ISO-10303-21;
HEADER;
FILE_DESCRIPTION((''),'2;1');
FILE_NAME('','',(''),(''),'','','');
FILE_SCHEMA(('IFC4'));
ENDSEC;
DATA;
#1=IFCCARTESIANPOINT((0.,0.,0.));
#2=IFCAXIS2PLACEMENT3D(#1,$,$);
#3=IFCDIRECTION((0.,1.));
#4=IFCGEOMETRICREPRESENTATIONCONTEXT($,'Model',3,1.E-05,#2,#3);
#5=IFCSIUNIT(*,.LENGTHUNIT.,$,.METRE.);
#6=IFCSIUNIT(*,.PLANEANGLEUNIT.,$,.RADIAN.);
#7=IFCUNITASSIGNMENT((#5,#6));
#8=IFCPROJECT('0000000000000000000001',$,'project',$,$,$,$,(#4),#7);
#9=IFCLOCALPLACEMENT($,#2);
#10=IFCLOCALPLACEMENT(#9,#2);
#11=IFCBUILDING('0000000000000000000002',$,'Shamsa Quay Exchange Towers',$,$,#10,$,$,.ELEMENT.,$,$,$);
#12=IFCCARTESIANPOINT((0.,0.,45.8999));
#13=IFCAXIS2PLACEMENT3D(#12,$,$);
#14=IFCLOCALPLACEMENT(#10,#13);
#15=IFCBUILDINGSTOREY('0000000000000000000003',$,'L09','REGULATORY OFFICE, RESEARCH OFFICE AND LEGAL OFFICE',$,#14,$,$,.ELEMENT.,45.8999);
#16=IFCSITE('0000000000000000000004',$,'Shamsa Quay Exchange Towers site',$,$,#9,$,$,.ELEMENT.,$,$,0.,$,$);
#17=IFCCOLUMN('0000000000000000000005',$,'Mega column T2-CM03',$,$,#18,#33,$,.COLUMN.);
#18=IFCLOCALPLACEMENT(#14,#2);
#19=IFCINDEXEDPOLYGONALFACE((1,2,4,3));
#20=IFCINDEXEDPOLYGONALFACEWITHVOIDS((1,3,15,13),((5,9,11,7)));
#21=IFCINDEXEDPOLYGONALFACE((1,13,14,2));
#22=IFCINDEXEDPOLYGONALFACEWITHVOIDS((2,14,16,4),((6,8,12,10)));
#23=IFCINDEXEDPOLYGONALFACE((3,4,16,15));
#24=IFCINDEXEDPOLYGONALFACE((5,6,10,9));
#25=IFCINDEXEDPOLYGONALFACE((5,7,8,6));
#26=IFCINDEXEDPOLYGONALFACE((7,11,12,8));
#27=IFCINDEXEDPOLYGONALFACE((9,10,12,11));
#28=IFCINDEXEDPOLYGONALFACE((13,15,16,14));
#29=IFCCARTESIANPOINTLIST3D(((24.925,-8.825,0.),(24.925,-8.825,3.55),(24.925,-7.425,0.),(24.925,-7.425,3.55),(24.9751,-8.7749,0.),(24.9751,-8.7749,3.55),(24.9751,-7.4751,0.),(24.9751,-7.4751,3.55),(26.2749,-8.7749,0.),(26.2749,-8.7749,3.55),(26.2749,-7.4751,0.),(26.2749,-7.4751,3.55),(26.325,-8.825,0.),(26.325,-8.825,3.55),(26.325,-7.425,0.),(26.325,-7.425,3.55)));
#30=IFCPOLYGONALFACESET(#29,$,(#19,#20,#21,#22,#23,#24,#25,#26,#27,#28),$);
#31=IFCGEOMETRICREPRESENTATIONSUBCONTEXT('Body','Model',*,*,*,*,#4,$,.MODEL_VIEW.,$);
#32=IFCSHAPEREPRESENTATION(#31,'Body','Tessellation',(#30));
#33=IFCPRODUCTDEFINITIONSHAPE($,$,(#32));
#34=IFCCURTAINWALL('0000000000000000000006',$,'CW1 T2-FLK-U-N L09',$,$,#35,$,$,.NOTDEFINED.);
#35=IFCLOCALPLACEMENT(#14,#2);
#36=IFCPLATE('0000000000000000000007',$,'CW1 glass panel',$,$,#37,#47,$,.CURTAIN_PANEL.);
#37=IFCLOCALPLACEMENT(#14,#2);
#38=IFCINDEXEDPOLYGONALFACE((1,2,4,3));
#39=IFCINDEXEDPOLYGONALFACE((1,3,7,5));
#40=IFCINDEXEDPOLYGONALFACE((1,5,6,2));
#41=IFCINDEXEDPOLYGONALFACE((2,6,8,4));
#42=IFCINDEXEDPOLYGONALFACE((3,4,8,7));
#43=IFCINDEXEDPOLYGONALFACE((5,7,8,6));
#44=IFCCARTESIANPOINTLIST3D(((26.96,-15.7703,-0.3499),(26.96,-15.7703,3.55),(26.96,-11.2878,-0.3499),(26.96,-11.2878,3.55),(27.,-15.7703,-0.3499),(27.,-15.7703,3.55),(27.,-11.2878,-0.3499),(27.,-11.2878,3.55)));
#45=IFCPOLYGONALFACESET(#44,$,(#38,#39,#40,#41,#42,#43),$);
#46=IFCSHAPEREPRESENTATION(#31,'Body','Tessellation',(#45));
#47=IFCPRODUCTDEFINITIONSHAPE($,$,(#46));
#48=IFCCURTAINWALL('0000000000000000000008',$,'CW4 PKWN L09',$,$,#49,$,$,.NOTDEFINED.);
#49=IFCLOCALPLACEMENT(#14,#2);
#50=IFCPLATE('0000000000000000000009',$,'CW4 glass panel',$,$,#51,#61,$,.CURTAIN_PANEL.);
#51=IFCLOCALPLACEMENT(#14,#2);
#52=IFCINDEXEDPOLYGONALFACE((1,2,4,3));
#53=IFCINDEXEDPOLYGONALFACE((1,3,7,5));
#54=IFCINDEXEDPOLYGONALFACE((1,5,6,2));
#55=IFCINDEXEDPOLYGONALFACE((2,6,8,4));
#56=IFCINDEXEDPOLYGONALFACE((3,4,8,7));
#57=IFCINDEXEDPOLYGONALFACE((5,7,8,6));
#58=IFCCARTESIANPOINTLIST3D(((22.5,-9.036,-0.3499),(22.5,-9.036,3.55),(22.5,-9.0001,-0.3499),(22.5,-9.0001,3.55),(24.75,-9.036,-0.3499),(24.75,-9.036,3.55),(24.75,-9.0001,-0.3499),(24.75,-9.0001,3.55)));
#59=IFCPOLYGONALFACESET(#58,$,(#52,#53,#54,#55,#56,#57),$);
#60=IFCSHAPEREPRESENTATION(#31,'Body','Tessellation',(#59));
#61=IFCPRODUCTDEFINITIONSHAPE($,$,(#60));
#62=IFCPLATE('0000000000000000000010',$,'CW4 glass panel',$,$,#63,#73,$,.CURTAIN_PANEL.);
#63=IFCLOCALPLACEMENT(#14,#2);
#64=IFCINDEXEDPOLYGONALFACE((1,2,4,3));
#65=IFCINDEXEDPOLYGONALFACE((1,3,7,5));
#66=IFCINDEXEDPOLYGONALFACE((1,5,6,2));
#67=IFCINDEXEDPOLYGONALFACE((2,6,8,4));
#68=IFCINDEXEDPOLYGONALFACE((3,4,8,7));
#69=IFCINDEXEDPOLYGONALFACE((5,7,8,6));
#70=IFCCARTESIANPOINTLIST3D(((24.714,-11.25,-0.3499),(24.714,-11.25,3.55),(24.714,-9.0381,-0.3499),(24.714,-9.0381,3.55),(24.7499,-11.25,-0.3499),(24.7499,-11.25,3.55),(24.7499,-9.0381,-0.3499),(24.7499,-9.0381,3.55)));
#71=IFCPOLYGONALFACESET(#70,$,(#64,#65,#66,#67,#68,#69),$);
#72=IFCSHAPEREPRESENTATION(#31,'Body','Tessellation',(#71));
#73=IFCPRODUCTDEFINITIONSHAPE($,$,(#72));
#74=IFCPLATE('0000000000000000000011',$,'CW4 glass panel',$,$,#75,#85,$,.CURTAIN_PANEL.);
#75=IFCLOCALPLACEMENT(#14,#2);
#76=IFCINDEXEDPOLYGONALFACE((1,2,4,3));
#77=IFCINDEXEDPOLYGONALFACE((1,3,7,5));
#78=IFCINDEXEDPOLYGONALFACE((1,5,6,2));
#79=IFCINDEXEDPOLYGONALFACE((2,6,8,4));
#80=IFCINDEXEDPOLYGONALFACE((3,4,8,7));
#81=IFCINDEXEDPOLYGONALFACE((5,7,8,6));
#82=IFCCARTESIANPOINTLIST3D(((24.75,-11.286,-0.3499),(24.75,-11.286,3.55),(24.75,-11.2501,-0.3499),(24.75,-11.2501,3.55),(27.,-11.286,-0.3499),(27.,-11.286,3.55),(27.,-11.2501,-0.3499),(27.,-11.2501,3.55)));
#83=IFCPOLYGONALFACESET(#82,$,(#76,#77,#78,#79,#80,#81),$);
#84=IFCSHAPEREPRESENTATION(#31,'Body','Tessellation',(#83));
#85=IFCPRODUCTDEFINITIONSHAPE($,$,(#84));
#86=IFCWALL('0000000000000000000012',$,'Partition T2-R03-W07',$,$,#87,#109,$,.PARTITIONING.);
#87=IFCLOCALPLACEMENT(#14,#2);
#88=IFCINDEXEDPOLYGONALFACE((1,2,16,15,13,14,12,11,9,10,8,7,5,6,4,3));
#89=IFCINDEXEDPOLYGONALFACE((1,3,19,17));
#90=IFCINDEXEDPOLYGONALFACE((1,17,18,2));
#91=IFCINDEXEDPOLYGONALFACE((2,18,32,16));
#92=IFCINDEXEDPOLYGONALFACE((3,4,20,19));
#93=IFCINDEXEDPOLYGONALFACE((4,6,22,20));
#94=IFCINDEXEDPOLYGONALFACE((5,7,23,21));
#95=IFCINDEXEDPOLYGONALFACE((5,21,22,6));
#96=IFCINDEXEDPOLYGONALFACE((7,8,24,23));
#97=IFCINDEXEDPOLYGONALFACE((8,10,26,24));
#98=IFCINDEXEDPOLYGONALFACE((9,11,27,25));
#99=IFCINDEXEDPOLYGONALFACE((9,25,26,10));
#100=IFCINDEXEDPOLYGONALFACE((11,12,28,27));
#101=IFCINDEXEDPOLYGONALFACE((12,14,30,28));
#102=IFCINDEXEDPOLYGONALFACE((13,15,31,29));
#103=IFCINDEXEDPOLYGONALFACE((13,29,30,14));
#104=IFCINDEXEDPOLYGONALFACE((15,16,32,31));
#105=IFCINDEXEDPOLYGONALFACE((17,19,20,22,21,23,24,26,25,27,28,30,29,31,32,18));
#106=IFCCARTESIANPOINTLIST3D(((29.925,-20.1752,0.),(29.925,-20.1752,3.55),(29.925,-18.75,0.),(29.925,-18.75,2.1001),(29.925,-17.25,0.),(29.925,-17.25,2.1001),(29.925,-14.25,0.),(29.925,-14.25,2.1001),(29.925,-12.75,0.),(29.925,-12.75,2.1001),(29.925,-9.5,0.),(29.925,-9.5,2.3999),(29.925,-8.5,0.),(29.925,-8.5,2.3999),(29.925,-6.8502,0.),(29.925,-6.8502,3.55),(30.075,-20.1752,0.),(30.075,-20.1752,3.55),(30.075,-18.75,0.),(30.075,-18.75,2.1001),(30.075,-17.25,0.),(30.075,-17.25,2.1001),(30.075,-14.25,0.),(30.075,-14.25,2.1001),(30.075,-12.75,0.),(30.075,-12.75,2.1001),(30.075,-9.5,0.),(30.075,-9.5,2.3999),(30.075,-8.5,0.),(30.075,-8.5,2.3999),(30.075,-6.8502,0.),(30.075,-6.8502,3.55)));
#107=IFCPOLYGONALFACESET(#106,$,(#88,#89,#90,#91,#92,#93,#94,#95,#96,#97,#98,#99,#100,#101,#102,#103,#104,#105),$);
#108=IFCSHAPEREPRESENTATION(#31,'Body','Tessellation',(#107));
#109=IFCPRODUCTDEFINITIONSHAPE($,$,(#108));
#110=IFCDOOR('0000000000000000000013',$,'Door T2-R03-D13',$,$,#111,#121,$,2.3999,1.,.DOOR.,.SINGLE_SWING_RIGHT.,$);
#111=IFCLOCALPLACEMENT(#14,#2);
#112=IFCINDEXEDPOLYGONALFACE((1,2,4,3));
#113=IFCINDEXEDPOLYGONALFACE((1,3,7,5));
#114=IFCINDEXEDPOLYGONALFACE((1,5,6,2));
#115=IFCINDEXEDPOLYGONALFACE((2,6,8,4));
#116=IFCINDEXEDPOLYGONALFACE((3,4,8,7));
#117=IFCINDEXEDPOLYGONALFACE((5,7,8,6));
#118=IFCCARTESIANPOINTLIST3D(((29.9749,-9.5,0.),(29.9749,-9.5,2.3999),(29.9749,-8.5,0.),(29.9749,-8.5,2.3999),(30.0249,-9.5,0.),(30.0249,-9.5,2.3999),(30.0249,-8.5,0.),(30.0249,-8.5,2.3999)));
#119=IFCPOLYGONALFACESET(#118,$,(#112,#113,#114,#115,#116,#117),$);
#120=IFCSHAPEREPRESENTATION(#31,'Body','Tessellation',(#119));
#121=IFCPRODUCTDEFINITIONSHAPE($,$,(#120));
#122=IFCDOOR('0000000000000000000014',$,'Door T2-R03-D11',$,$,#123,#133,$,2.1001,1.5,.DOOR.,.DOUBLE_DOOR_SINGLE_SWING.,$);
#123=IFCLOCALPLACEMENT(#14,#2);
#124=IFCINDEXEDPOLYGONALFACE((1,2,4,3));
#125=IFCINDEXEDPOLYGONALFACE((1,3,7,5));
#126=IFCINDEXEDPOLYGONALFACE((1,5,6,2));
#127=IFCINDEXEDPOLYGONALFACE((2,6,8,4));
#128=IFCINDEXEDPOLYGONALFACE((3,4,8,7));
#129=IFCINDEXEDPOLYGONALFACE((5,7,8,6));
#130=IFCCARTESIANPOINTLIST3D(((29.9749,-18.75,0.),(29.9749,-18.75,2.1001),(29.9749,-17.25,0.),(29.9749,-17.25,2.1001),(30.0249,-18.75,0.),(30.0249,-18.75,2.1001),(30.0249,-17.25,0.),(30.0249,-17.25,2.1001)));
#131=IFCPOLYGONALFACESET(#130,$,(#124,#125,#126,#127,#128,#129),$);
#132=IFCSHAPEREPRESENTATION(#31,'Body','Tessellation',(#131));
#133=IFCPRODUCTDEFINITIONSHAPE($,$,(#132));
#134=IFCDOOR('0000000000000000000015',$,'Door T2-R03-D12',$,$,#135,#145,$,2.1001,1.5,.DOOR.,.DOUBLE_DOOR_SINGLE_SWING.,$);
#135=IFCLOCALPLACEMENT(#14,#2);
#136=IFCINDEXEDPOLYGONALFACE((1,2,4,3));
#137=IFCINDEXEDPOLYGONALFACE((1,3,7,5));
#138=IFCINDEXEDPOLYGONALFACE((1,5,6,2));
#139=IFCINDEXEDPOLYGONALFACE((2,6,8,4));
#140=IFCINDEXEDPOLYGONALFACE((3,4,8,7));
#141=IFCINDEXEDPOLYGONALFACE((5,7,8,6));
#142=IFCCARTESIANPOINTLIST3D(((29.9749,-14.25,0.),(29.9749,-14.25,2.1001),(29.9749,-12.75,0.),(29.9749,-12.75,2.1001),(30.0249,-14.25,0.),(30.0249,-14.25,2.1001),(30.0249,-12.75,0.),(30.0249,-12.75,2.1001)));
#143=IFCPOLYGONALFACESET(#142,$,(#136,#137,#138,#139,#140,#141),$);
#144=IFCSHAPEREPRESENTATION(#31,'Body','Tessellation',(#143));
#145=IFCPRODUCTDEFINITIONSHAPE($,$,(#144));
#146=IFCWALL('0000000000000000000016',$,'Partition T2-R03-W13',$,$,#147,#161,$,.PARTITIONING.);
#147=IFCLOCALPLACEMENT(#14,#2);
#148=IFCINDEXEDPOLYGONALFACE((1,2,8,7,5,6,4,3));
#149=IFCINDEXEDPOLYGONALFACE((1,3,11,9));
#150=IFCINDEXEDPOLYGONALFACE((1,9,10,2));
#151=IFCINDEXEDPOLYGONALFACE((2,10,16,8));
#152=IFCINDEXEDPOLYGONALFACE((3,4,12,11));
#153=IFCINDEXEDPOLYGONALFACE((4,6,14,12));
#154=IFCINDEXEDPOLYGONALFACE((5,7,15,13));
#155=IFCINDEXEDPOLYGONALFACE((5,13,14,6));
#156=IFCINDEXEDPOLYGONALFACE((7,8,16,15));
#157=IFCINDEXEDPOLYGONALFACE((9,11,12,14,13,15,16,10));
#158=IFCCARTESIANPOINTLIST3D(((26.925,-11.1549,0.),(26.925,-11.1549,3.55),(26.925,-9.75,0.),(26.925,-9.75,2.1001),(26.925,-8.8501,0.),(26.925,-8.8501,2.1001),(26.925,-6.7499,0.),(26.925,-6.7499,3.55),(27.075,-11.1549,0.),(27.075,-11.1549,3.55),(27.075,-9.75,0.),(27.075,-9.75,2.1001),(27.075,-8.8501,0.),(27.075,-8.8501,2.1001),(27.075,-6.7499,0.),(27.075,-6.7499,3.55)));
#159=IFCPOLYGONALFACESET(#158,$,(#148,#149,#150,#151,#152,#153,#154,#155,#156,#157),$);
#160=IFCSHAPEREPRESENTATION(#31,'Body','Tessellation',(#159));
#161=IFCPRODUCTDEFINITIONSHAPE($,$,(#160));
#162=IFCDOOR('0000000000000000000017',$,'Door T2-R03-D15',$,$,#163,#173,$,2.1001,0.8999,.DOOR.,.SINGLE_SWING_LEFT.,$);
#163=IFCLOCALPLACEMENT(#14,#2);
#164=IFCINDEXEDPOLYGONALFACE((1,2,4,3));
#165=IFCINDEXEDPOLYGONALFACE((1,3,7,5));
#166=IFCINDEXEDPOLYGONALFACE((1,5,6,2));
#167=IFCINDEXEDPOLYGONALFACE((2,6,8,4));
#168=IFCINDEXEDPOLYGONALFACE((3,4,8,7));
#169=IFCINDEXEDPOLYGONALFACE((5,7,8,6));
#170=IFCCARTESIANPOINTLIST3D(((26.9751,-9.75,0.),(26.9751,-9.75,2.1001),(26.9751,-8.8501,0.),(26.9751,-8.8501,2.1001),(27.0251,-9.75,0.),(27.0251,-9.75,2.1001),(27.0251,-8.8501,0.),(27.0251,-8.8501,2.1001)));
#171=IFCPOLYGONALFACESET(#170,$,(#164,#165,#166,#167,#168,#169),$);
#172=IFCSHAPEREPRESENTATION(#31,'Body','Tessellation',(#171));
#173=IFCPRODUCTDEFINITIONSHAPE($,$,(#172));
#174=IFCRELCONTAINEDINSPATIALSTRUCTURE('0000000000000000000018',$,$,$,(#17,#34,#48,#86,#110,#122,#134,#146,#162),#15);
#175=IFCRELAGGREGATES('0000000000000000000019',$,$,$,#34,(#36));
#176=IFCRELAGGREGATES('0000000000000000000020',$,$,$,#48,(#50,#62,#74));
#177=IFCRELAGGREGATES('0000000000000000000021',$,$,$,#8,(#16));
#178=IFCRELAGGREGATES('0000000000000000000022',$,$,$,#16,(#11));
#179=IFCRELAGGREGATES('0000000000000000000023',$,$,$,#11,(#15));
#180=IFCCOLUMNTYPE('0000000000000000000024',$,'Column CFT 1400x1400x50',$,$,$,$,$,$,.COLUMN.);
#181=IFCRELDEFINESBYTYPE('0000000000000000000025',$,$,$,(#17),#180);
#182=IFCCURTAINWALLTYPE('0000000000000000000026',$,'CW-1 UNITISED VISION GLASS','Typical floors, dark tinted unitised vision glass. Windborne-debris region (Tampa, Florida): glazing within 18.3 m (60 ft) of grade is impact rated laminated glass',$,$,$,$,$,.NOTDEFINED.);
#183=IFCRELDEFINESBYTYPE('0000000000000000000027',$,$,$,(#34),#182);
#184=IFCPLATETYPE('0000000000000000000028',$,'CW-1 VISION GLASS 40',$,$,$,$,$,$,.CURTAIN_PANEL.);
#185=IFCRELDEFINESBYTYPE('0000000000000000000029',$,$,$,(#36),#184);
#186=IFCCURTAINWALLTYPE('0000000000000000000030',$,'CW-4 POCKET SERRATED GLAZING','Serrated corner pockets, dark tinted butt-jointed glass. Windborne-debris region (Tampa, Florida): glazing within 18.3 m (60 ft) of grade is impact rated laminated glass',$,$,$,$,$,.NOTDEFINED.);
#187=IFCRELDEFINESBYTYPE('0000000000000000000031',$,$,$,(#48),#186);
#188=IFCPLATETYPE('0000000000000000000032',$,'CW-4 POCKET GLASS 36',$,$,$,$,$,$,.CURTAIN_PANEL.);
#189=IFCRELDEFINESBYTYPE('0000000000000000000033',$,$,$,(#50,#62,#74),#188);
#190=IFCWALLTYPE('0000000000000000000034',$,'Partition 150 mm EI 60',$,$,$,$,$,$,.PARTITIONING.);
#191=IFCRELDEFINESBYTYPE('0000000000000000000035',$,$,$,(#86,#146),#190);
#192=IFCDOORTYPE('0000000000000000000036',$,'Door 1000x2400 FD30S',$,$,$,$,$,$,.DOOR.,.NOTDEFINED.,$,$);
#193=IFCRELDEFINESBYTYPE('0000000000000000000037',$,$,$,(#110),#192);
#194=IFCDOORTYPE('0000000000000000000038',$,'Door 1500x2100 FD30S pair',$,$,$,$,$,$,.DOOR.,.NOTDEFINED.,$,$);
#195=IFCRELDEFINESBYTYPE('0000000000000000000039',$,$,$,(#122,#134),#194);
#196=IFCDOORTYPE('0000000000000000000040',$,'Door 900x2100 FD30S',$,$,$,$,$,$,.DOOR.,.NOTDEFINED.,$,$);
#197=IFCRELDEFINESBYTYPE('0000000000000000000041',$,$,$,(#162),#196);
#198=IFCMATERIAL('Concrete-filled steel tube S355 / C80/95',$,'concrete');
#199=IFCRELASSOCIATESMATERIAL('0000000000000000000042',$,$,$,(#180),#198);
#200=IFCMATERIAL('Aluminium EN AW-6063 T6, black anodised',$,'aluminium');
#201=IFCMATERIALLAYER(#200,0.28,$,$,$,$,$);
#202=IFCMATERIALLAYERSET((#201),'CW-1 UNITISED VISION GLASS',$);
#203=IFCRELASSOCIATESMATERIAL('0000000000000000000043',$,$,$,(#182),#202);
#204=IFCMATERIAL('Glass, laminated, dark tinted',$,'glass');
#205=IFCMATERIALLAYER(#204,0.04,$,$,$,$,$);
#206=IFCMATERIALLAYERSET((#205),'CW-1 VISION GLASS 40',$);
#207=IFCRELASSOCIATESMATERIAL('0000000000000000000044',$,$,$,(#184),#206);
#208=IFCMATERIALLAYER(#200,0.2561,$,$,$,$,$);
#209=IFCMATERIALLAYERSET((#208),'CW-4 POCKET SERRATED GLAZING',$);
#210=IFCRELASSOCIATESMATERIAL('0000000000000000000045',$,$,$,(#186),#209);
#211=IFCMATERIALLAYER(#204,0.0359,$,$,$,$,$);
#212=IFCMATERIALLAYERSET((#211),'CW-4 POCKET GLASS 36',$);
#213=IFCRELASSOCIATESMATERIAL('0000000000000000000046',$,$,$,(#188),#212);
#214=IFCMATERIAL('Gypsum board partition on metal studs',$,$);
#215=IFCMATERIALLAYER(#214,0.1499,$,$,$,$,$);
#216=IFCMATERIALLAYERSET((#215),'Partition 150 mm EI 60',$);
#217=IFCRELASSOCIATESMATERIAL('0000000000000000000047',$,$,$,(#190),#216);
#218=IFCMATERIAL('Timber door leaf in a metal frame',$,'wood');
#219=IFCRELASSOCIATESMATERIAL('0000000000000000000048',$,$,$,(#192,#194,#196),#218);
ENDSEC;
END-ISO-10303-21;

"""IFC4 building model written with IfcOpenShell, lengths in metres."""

from ifc_helpers import new_model, si_unit, direction, frame, frame_2d, origin, origin_2d, place, context, subcontext, project, spatial, rectangle, hollow_rectangle, extrude, material, layer, layer_set, material_profile, profile_set, type_object, element, fill, aggregate, save


model = new_model("IFC4")

# Units and contexts
model_context = context("Model", 3, precision=1e-05, world=origin(), true_north=direction((0.0, 1.0)))
body_context = subcontext(model_context, "Body", "Model", "MODEL_VIEW")
ifc_project = project(units=[si_unit("LENGTHUNIT", "METRE"), si_unit("PLANEANGLEUNIT", "RADIAN")], contexts=[model_context])

# Site, building, storey
site_placement = place(None, origin())
site = spatial("IfcSite", under=ifc_project, at=site_placement, Name="Shamsa Quay Exchange Towers site", CompositionType="ELEMENT", RefElevation=0.0)
building_placement = place(site_placement, origin())
building = spatial("IfcBuilding", under=site, at=building_placement, Name="Shamsa Quay Exchange Towers", CompositionType="ELEMENT")
storey_placement = place(building_placement, frame((0.0, 0.0, 45.8999)))
storey = spatial("IfcBuildingStorey", under=building, at=storey_placement, Name="L09", Description="REGULATORY OFFICE, RESEARCH OFFICE AND LEGAL OFFICE", CompositionType="ELEMENT", Elevation=45.8999)

# Column
ifc_material_1 = material(Name="Concrete-filled steel tube S355 / C80/95", Category="concrete")
ifc_material_profile = material_profile(ifc_material_1, hollow_rectangle(XDim=1.3999, YDim=1.3999, WallThickness=0.05, at=origin_2d()), Name="CFT 1400x1400x50")
ifc_profile_set = profile_set([ifc_material_profile], Name="Concrete-filled steel tube S355 / C80/95")
column_type = type_object("IfcColumnType", Name="Column CFT 1400x1400x50", PredefinedType="COLUMN", material=ifc_profile_set)
column_placement = place(storey_placement, frame((25.625, -8.125, 0.0)))
element("IfcColumn", 1, at=column_placement, inside=storey, type_object=column_type, Name="Mega column T2-CM03", PredefinedType="COLUMN", context=body_context, shape_type="SweptSolid", body=[
    extrude(hollow_rectangle(XDim=1.3999, YDim=1.3999, WallThickness=0.05, at=origin_2d()), origin(), (0.0, 0.0, 1.0), 3.55),
])

# Curtain wall, plate
ifc_material_2 = material(Name="Aluminium EN AW-6063 T6, black anodised", Category="aluminium")
ifc_layer_1 = layer(ifc_material_2, 0.28)
ifc_layer_set_1 = layer_set([ifc_layer_1], Name="CW-1 UNITISED VISION GLASS")
curtain_wall_type_1 = type_object("IfcCurtainWallType", Name="CW-1 UNITISED VISION GLASS", Description="Typical floors, dark tinted unitised vision glass. Windborne-debris region (Tampa, Florida): glazing within 18.3 m (60 ft) of grade is impact rated laminated glass", PredefinedType="NOTDEFINED", material=ifc_layer_set_1)
curtain_wall_1_placement = place(storey_placement, origin())
curtain_wall_1 = element("IfcCurtainWall", 2, at=curtain_wall_1_placement, inside=storey, type_object=curtain_wall_type_1, Name="CW1 T2-FLK-U-N L09", PredefinedType="NOTDEFINED")
ifc_material_3 = material(Name="Glass, laminated, dark tinted", Category="glass")
ifc_layer_2 = layer(ifc_material_3, 0.04)
ifc_layer_set_2 = layer_set([ifc_layer_2], Name="CW-1 VISION GLASS 40")
plate_type_1 = type_object("IfcPlateType", Name="CW-1 VISION GLASS 40", PredefinedType="CURTAIN_PANEL", material=ifc_layer_set_2)
plate_1_placement = place(storey_placement, frame((26.98, -13.5291, -0.3499), z_axis=(0.0, 0.0, 1.0), x_axis=(0.0, -1.0, 0.0)))
plate_1 = element("IfcPlate", 3, at=plate_1_placement, type_object=plate_type_1, Name="CW1 glass panel", PredefinedType="CURTAIN_PANEL", context=body_context, shape_type="SweptSolid", body=[
    extrude(rectangle(XDim=4.4824, YDim=0.04, at=origin_2d()), origin(), (0.0, 0.0, 1.0), 3.8999),
])
aggregate(curtain_wall_1, [plate_1])

# Curtain wall, plates
ifc_layer_3 = layer(ifc_material_2, 0.2561)
ifc_layer_set_3 = layer_set([ifc_layer_3], Name="CW-4 POCKET SERRATED GLAZING")
curtain_wall_type_2 = type_object("IfcCurtainWallType", Name="CW-4 POCKET SERRATED GLAZING", Description="Serrated corner pockets, dark tinted butt-jointed glass. Windborne-debris region (Tampa, Florida): glazing within 18.3 m (60 ft) of grade is impact rated laminated glass", PredefinedType="NOTDEFINED", material=ifc_layer_set_3)
curtain_wall_2_placement = place(storey_placement, origin())
curtain_wall_2 = element("IfcCurtainWall", 4, at=curtain_wall_2_placement, inside=storey, type_object=curtain_wall_type_2, Name="CW4 PKWN L09", PredefinedType="NOTDEFINED")
ifc_layer_4 = layer(ifc_material_3, 0.0359)
ifc_layer_set_4 = layer_set([ifc_layer_4], Name="CW-4 POCKET GLASS 36")
plate_type_2 = type_object("IfcPlateType", Name="CW-4 POCKET GLASS 36", PredefinedType="CURTAIN_PANEL", material=ifc_layer_set_4)
plate_2_placement = place(storey_placement, frame((23.625, -9.0181, -0.3499)))
plate_2 = element("IfcPlate", 5, at=plate_2_placement, type_object=plate_type_2, Name="CW4 glass panel", PredefinedType="CURTAIN_PANEL", context=body_context, shape_type="SweptSolid", body=[
    extrude(rectangle(XDim=2.25, YDim=0.0359, at=origin_2d()), origin(), (0.0, 0.0, 1.0), 3.8999),
])
plate_3_placement = place(storey_placement, frame((24.7319, -10.144, -0.3499), z_axis=(0.0, 0.0, 1.0), x_axis=(0.0, -1.0, 0.0)))
plate_3 = element("IfcPlate", 6, at=plate_3_placement, type_object=plate_type_2, Name="CW4 glass panel", PredefinedType="CURTAIN_PANEL", context=body_context, shape_type="SweptSolid", body=[
    extrude(rectangle(XDim=2.2119, YDim=0.0359, at=origin_2d()), origin(), (0.0, 0.0, 1.0), 3.8999),
])
plate_4_placement = place(storey_placement, frame((25.875, -11.2681, -0.3499)))
plate_4 = element("IfcPlate", 7, at=plate_4_placement, type_object=plate_type_2, Name="CW4 glass panel", PredefinedType="CURTAIN_PANEL", context=body_context, shape_type="SweptSolid", body=[
    extrude(rectangle(XDim=2.25, YDim=0.0359, at=origin_2d()), origin(), (0.0, 0.0, 1.0), 3.8999),
])
aggregate(curtain_wall_2, [plate_2, plate_3, plate_4])

# Wall, openings, doors
ifc_material_4 = material(Name="Gypsum board partition on metal studs")
ifc_layer_5 = layer(ifc_material_4, 0.1499)
ifc_layer_set_5 = layer_set([ifc_layer_5], Name="Partition 150 mm EI 60")
wall_type_1 = type_object("IfcWallType", Name="Partition 150 mm EI 60", PredefinedType="PARTITIONING", material=ifc_layer_set_5)
wall_1_placement = place(storey_placement, frame((30.0, -6.8501, 0.0), z_axis=(0.0, 0.0, 1.0), x_axis=(0.0, -1.0, 0.0)))
wall_1 = element("IfcWall", 8, at=wall_1_placement, inside=storey, type_object=wall_type_1, Name="Partition T2-R03-W07", PredefinedType="PARTITIONING", context=body_context, shape_type="SweptSolid", body=[
    extrude(rectangle(XDim=13.325, YDim=0.1499, at=frame_2d((6.6626, 0.0))), origin(), (0.0, 0.0, 1.0), 3.55),
])
opening_1_placement = place(wall_1_placement, frame((10.3999, 0.0, 0.0)))
opening_1 = element("IfcOpeningElement", 9, at=opening_1_placement, cuts=wall_1, PredefinedType="OPENING", context=body_context, shape_type="SweptSolid", body=[
    extrude(rectangle(XDim=1.5, YDim=2.1001, at=frame_2d((0.75, 1.05))), frame((0.0, 0.085, 0.0), z_axis=(0.0, -1.0, 0.0), x_axis=(1.0, 0.0, 0.0)), (0.0, 0.0, 1.0), 0.1699),
])
opening_2_placement = place(wall_1_placement, frame((5.8999, 0.0, 0.0)))
opening_2 = element("IfcOpeningElement", 10, at=opening_2_placement, cuts=wall_1, PredefinedType="OPENING", context=body_context, shape_type="SweptSolid", body=[
    extrude(rectangle(XDim=1.5, YDim=2.1001, at=frame_2d((0.75, 1.05))), frame((0.0, 0.085, 0.0), z_axis=(0.0, -1.0, 0.0), x_axis=(1.0, 0.0, 0.0)), (0.0, 0.0, 1.0), 0.1699),
])
opening_3_placement = place(wall_1_placement, frame((1.6499, 0.0, 0.0)))
opening_3 = element("IfcOpeningElement", 11, at=opening_3_placement, cuts=wall_1, PredefinedType="OPENING", context=body_context, shape_type="SweptSolid", body=[
    extrude(rectangle(XDim=1.0, YDim=2.3999, at=frame_2d((0.5, 1.2))), frame((0.0, 0.085, 0.0), z_axis=(0.0, -1.0, 0.0), x_axis=(1.0, 0.0, 0.0)), (0.0, 0.0, 1.0), 0.1699),
])
ifc_material_5 = material(Name="Timber door leaf in a metal frame", Category="wood")
door_type_1 = type_object("IfcDoorType", Name="Door 1000x2400 FD30S", OperationType="NOTDEFINED", PredefinedType="DOOR", material=ifc_material_5)
door_1_placement = place(opening_3_placement, origin())
door_1 = element("IfcDoor", 12, at=door_1_placement, inside=storey, type_object=door_type_1, Name="Door T2-R03-D13", OperationType="SINGLE_SWING_RIGHT", OverallHeight=2.3999, OverallWidth=1.0, PredefinedType="DOOR", context=body_context, shape_type="SweptSolid", body=[
    extrude(rectangle(XDim=1.0, YDim=2.3999, at=frame_2d((0.5, 1.2))), frame((0.0, 0.0249, 0.0), z_axis=(0.0, -1.0, 0.0), x_axis=(1.0, 0.0, 0.0)), (0.0, 0.0, 1.0), 0.05),
])
fill(opening_3, door_1)
door_type_2 = type_object("IfcDoorType", Name="Door 1500x2100 FD30S pair", OperationType="NOTDEFINED", PredefinedType="DOOR", material=ifc_material_5)
door_2_placement = place(opening_1_placement, origin())
door_2 = element("IfcDoor", 13, at=door_2_placement, inside=storey, type_object=door_type_2, Name="Door T2-R03-D11", OperationType="DOUBLE_DOOR_SINGLE_SWING", OverallHeight=2.1001, OverallWidth=1.5, PredefinedType="DOOR", context=body_context, shape_type="SweptSolid", body=[
    extrude(rectangle(XDim=1.5, YDim=2.1001, at=frame_2d((0.75, 1.05))), frame((0.0, 0.0249, 0.0), z_axis=(0.0, -1.0, 0.0), x_axis=(1.0, 0.0, 0.0)), (0.0, 0.0, 1.0), 0.05),
])
fill(opening_1, door_2)
door_3_placement = place(opening_2_placement, origin())
door_3 = element("IfcDoor", 14, at=door_3_placement, inside=storey, type_object=door_type_2, Name="Door T2-R03-D12", OperationType="DOUBLE_DOOR_SINGLE_SWING", OverallHeight=2.1001, OverallWidth=1.5, PredefinedType="DOOR", context=body_context, shape_type="SweptSolid", body=[
    extrude(rectangle(XDim=1.5, YDim=2.1001, at=frame_2d((0.75, 1.05))), frame((0.0, 0.0249, 0.0), z_axis=(0.0, -1.0, 0.0), x_axis=(1.0, 0.0, 0.0)), (0.0, 0.0, 1.0), 0.05),
])
fill(opening_2, door_3)

# Wall, opening, door
wall_2_placement = place(storey_placement, frame((27.0, -11.155, 0.0), z_axis=(0.0, 0.0, 1.0), x_axis=(0.0, 1.0, 0.0)))
wall_2 = element("IfcWall", 15, at=wall_2_placement, inside=storey, type_object=wall_type_1, Name="Partition T2-R03-W13", PredefinedType="PARTITIONING", context=body_context, shape_type="SweptSolid", body=[
    extrude(rectangle(XDim=4.405, YDim=0.1499, at=frame_2d((2.2026, 0.0))), origin(), (0.0, 0.0, 1.0), 3.55),
])
opening_4_placement = place(wall_2_placement, frame((1.405, 0.0, 0.0)))
opening_4 = element("IfcOpeningElement", 16, at=opening_4_placement, cuts=wall_2, PredefinedType="OPENING", context=body_context, shape_type="SweptSolid", body=[
    extrude(rectangle(XDim=0.8999, YDim=2.1001, at=frame_2d((0.45, 1.05))), frame((0.0, 0.085, 0.0), z_axis=(0.0, -1.0, 0.0), x_axis=(1.0, 0.0, 0.0)), (0.0, 0.0, 1.0), 0.1699),
])
door_type_3 = type_object("IfcDoorType", Name="Door 900x2100 FD30S", OperationType="NOTDEFINED", PredefinedType="DOOR", material=ifc_material_5)
door_4_placement = place(opening_4_placement, origin())
door_4 = element("IfcDoor", 17, at=door_4_placement, inside=storey, type_object=door_type_3, Name="Door T2-R03-D15", OperationType="SINGLE_SWING_LEFT", OverallHeight=2.1001, OverallWidth=0.8999, PredefinedType="DOOR", context=body_context, shape_type="SweptSolid", body=[
    extrude(rectangle(XDim=0.8999, YDim=2.1001, at=frame_2d((0.45, 1.05))), frame((0.0, 0.0249, 0.0), z_axis=(0.0, -1.0, 0.0), x_axis=(1.0, 0.0, 0.0)), (0.0, 0.0, 1.0), 0.05),
])
fill(opening_4, door_4)

save(model, "model.ifc")
